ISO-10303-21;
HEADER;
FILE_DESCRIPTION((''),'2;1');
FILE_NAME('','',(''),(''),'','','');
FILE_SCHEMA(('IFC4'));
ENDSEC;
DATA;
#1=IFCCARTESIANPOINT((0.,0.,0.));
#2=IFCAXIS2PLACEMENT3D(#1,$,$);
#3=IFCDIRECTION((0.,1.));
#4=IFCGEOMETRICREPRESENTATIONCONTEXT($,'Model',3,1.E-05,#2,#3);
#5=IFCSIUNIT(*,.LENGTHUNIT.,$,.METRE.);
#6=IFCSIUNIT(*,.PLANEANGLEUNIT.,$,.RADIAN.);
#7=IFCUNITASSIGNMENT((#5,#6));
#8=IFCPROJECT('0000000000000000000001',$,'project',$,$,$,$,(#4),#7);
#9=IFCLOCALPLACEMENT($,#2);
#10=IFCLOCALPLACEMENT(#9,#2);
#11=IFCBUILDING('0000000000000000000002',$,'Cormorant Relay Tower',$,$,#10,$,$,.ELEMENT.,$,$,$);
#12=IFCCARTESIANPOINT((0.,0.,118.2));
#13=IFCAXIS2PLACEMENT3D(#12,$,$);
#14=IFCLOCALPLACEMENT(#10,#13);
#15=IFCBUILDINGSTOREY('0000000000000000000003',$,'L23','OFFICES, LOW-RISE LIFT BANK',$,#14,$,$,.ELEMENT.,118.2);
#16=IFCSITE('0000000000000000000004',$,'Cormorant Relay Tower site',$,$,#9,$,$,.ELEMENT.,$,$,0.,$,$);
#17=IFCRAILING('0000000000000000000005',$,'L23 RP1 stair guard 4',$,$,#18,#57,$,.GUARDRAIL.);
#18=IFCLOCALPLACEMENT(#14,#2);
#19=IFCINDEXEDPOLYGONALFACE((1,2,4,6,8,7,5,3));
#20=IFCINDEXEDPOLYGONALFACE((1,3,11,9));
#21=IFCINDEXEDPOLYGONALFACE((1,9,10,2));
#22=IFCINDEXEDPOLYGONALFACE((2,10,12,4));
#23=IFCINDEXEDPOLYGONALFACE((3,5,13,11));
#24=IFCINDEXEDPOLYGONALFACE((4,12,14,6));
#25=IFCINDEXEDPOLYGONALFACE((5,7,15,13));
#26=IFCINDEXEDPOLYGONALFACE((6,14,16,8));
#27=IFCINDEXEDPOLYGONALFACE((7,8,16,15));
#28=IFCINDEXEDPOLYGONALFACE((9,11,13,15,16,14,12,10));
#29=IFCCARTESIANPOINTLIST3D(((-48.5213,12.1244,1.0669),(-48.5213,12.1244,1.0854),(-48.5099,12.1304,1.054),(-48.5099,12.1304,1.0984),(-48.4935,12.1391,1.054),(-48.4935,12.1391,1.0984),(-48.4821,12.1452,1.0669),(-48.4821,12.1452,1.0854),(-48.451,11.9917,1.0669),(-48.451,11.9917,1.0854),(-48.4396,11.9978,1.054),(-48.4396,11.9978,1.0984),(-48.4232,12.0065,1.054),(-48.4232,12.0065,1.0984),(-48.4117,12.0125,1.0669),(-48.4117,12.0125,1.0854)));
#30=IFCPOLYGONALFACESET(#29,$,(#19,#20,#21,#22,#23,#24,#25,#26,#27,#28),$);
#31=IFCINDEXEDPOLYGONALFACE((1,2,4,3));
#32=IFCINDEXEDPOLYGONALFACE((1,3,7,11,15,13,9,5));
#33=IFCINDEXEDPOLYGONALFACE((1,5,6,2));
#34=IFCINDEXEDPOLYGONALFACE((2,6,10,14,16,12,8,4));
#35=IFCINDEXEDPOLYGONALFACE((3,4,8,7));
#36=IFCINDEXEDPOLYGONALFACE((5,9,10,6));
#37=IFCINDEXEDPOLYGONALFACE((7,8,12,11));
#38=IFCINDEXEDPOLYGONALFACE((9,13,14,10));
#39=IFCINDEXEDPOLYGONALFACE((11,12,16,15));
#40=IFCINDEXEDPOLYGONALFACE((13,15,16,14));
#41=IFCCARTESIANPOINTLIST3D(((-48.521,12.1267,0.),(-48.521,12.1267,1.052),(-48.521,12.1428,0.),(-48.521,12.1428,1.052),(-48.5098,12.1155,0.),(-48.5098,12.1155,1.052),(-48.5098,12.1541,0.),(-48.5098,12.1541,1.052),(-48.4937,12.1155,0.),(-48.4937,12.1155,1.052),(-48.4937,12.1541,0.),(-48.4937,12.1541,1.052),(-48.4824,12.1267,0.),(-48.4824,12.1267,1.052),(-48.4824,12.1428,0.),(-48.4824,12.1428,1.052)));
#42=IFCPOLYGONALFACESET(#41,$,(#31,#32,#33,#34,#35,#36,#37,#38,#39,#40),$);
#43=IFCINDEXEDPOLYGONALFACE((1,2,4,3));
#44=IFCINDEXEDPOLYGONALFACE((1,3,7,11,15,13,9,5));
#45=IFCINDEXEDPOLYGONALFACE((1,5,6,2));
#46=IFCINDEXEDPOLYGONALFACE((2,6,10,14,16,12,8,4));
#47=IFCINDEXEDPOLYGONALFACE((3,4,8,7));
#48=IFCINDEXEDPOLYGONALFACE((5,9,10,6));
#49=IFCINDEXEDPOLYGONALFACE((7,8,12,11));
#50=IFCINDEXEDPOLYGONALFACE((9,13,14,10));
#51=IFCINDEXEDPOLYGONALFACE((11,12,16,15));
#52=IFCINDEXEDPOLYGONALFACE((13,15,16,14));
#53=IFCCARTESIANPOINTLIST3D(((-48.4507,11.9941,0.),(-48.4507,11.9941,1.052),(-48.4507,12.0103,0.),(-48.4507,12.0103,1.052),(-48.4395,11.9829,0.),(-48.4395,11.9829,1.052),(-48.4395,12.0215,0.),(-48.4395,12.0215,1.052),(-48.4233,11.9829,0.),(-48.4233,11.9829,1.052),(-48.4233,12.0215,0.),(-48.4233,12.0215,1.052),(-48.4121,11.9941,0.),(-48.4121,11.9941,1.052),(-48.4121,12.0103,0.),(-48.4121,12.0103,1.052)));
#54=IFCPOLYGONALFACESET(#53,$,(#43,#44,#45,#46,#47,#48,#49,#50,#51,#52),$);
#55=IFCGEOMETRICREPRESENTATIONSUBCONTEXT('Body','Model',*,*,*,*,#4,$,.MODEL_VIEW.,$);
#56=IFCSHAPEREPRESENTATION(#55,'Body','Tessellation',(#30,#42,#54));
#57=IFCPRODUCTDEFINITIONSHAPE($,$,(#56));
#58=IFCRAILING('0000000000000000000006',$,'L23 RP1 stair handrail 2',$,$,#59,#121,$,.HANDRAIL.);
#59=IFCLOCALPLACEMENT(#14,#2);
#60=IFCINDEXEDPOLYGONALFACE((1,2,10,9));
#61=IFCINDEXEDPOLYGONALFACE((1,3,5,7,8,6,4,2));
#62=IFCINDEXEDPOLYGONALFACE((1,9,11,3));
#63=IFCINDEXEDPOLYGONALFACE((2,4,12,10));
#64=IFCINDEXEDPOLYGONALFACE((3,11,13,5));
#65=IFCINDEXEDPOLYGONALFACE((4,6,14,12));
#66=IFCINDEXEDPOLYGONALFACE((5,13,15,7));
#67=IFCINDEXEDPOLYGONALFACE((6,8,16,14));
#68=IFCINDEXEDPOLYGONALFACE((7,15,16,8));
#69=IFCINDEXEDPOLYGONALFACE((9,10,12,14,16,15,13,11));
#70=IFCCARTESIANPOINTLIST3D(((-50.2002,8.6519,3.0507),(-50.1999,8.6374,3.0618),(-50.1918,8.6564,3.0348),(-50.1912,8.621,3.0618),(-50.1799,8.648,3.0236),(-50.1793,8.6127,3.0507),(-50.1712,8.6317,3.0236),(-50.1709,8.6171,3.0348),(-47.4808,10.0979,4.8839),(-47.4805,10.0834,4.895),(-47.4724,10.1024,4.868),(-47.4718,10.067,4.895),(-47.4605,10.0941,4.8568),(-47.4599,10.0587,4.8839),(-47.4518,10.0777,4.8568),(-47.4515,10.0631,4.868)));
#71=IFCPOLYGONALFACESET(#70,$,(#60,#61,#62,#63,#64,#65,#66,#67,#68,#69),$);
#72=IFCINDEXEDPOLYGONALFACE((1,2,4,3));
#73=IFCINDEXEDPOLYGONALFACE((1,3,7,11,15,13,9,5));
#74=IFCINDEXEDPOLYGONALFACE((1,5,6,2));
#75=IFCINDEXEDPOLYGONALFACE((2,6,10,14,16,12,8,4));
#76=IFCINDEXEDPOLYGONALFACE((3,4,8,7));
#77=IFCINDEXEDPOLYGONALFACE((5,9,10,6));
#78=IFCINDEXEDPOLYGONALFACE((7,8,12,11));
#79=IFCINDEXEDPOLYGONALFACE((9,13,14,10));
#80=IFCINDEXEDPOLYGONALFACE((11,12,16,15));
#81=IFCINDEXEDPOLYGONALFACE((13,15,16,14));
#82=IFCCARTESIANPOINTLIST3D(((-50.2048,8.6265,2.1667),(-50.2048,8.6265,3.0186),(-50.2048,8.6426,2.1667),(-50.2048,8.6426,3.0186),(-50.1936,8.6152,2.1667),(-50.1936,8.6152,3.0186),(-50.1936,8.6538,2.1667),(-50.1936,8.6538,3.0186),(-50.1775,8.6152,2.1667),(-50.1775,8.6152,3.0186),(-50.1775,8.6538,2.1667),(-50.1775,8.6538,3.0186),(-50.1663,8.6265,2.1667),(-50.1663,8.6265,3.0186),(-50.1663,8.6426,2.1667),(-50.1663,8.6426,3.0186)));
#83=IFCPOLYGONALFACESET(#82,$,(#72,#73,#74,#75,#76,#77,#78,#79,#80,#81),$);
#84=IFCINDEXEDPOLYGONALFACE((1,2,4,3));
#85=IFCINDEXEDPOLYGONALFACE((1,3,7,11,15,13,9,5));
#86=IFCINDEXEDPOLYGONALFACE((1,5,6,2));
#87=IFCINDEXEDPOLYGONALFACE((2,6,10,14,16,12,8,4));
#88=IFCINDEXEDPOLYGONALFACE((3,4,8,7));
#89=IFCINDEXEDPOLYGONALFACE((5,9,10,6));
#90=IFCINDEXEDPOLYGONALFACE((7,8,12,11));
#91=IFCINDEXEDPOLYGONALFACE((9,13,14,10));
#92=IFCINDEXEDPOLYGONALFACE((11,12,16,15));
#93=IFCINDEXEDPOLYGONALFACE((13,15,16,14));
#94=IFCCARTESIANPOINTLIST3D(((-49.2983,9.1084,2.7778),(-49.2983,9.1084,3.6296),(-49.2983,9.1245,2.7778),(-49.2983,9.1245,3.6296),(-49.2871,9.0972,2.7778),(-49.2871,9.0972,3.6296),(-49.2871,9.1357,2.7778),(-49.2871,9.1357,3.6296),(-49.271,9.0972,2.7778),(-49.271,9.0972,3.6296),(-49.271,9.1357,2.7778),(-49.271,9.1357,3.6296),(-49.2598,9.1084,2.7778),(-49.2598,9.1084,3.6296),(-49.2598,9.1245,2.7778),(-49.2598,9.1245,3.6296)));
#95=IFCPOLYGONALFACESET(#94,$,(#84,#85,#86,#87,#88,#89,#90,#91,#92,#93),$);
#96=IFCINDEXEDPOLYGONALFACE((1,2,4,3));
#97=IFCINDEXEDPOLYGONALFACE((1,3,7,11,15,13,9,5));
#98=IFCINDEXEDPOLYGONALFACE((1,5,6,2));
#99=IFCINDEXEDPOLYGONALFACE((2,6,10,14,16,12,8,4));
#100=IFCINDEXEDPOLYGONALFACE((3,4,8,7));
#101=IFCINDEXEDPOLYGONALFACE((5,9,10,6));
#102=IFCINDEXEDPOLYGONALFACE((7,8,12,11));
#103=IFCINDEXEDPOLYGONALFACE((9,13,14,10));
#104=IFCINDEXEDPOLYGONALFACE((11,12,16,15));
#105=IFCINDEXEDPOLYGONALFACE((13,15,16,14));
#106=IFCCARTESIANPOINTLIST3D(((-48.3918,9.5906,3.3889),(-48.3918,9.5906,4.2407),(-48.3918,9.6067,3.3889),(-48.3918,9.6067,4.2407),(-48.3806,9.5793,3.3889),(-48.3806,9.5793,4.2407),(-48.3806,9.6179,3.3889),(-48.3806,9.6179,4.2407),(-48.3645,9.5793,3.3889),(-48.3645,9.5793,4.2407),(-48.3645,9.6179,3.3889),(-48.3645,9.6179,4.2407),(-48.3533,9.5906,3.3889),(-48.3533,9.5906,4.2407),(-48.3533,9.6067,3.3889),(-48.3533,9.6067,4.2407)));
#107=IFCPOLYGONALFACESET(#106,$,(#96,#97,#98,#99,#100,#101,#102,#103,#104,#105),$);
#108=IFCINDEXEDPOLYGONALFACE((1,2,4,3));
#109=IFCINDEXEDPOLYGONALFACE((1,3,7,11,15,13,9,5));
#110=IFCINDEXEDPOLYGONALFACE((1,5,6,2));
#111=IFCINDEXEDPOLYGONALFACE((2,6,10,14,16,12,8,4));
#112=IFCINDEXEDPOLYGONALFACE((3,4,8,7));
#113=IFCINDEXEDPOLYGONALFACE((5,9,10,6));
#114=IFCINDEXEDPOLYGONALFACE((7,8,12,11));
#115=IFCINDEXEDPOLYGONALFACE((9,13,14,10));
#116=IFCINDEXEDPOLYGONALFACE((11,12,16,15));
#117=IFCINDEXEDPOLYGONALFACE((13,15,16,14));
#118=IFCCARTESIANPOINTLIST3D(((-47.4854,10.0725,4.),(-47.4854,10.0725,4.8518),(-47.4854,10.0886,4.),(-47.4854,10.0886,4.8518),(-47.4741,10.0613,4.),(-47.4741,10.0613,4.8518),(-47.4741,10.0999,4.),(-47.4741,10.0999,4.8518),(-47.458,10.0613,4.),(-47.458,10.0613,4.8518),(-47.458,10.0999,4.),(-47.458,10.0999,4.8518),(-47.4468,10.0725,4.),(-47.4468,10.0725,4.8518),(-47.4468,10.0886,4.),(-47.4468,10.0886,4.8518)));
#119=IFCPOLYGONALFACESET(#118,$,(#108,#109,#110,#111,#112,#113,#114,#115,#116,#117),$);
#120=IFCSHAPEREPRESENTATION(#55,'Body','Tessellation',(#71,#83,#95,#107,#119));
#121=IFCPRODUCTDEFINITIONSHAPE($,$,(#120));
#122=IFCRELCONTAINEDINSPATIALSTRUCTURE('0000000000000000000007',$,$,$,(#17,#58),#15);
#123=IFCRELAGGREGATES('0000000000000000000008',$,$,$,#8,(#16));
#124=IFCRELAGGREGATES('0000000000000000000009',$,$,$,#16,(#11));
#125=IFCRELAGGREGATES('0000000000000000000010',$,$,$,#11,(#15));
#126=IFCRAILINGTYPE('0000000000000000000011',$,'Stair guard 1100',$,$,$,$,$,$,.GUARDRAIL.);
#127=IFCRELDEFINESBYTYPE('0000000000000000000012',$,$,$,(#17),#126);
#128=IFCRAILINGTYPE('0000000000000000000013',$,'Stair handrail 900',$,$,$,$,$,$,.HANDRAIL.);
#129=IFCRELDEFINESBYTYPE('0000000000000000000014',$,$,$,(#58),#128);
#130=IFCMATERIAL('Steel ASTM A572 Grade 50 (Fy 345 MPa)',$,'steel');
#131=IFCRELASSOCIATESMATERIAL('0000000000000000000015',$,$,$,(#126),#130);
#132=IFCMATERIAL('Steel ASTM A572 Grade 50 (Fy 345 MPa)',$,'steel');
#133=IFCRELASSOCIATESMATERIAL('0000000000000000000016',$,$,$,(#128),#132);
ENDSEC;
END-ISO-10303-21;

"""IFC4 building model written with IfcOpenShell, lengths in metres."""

from ifc_helpers import new_model, si_unit, direction, frame, origin, place, context, subcontext, project, spatial, polyline, outline, extrude, material, type_object, element, save


model = new_model("IFC4")

# Units and contexts
model_context = context("Model", 3, precision=1e-05, world=origin(), true_north=direction((0.0, 1.0)))
body_context = subcontext(model_context, "Body", "Model", "MODEL_VIEW")
ifc_project = project(units=[si_unit("LENGTHUNIT", "METRE"), si_unit("PLANEANGLEUNIT", "RADIAN")], contexts=[model_context])

# Site, building, storey
site_placement = place(None, origin())
site = spatial("IfcSite", under=ifc_project, at=site_placement, Name="Cormorant Relay Tower site", CompositionType="ELEMENT", RefElevation=0.0)
building_placement = place(site_placement, origin())
building = spatial("IfcBuilding", under=site, at=building_placement, Name="Cormorant Relay Tower", CompositionType="ELEMENT")
storey_placement = place(building_placement, frame((0.0, 0.0, 118.2)))
storey = spatial("IfcBuildingStorey", under=building, at=storey_placement, Name="L23", Description="OFFICES, LOW-RISE LIFT BANK", CompositionType="ELEMENT", Elevation=118.2)

# Railings
ifc_material_1 = material(Name="Steel ASTM A572 Grade 50 (Fy 345 MPa)", Category="steel")
railing_type_1 = type_object("IfcRailingType", Name="Stair guard 1100", PredefinedType="GUARDRAIL", material=ifc_material_1)
railing_1_placement = place(storey_placement, frame((-48.5017, 12.1348, 0.0)))
element("IfcRailing", 1, at=railing_1_placement, inside=storey, type_object=railing_type_1, Name="L23 RP1 stair guard 4", PredefinedType="GUARDRAIL", context=body_context, shape_type="SweptSolid", body=[
    extrude(outline(polyline([(0.0222, 0.0093), (0.0093, 0.0222), (-0.0093, 0.0222), (-0.0222, 0.0093), (-0.0222, -0.0093), (-0.0093, -0.0222), (0.0093, -0.0222), (0.0222, -0.0093), (0.0222, 0.0093)])), frame((0.0, 0.0, 1.0762), z_axis=(0.46856, -0.883431, 0.0), x_axis=(0.883431, 0.46856, 0.0)), (0.0, 0.0, 1.0), 0.1501),
    extrude(outline(polyline([(0.0193, 0.0081), (0.0081, 0.0193), (-0.0081, 0.0193), (-0.0193, 0.0081), (-0.0193, -0.0081), (-0.0081, -0.0193), (0.0081, -0.0193), (0.0193, -0.0081), (0.0193, 0.0081)])), origin(), (0.0, 0.0, 1.0), 1.052),
    extrude(outline(polyline([(0.0193, 0.0081), (0.0081, 0.0193), (-0.0081, 0.0193), (-0.0193, 0.0081), (-0.0193, -0.0081), (-0.0081, -0.0193), (0.0081, -0.0193), (0.0193, -0.0081), (0.0193, 0.0081)])), frame((0.0703, -0.1326, 0.0)), (0.0, 0.0, 1.0), 1.052),
])
ifc_material_2 = material(Name="Steel ASTM A572 Grade 50 (Fy 345 MPa)", Category="steel")
railing_type_2 = type_object("IfcRailingType", Name="Stair handrail 900", PredefinedType="HANDRAIL", material=ifc_material_2)
railing_2_placement = place(storey_placement, frame((-50.1855, 8.6345, 2.1667)))
element("IfcRailing", 2, at=railing_2_placement, inside=storey, type_object=railing_type_2, Name="L23 RP1 stair handrail 2", PredefinedType="HANDRAIL", context=body_context, shape_type="SweptSolid", body=[
    extrude(outline(polyline([(0.0222, 0.0093), (0.0093, 0.0222), (-0.0093, 0.0222), (-0.0222, 0.0093), (-0.0222, -0.0093), (-0.0093, -0.0222), (0.0093, -0.0222), (0.0222, -0.0093), (0.0222, 0.0093)])), frame((0.0, 0.0, 0.876), z_axis=(0.758714, 0.403435, 0.511463), x_axis=(-0.469489, 0.882938, 0.0)), (0.0, 0.0, 1.0), 3.5842),
    extrude(outline(polyline([(0.0193, 0.0081), (0.0081, 0.0193), (-0.0081, 0.0193), (-0.0193, 0.0081), (-0.0193, -0.0081), (-0.0081, -0.0193), (0.0081, -0.0193), (0.0193, -0.0081), (0.0193, 0.0081)])), origin(), (0.0, 0.0, 1.0), 0.8518),
    extrude(outline(polyline([(0.0193, 0.0081), (0.0081, 0.0193), (-0.0081, 0.0193), (-0.0193, 0.0081), (-0.0193, -0.0081), (-0.0081, -0.0193), (0.0081, -0.0193), (0.0193, -0.0081), (0.0193, 0.0081)])), frame((0.9065, 0.4819, 0.6111)), (0.0, 0.0, 1.0), 0.8518),
    extrude(outline(polyline([(0.0193, 0.0081), (0.0081, 0.0193), (-0.0081, 0.0193), (-0.0193, 0.0081), (-0.0193, -0.0081), (-0.0081, -0.0193), (0.0081, -0.0193), (0.0193, -0.0081), (0.0193, 0.0081)])), frame((1.813, 0.9641, 1.2222)), (0.0, 0.0, 1.0), 0.8518),
    extrude(outline(polyline([(0.0193, 0.0081), (0.0081, 0.0193), (-0.0081, 0.0193), (-0.0193, 0.0081), (-0.0193, -0.0081), (-0.0081, -0.0193), (0.0081, -0.0193), (0.0193, -0.0081), (0.0193, 0.0081)])), frame((2.7195, 1.446, 1.8333)), (0.0, 0.0, 1.0), 0.8518),
])

save(model, "model.ifc")
